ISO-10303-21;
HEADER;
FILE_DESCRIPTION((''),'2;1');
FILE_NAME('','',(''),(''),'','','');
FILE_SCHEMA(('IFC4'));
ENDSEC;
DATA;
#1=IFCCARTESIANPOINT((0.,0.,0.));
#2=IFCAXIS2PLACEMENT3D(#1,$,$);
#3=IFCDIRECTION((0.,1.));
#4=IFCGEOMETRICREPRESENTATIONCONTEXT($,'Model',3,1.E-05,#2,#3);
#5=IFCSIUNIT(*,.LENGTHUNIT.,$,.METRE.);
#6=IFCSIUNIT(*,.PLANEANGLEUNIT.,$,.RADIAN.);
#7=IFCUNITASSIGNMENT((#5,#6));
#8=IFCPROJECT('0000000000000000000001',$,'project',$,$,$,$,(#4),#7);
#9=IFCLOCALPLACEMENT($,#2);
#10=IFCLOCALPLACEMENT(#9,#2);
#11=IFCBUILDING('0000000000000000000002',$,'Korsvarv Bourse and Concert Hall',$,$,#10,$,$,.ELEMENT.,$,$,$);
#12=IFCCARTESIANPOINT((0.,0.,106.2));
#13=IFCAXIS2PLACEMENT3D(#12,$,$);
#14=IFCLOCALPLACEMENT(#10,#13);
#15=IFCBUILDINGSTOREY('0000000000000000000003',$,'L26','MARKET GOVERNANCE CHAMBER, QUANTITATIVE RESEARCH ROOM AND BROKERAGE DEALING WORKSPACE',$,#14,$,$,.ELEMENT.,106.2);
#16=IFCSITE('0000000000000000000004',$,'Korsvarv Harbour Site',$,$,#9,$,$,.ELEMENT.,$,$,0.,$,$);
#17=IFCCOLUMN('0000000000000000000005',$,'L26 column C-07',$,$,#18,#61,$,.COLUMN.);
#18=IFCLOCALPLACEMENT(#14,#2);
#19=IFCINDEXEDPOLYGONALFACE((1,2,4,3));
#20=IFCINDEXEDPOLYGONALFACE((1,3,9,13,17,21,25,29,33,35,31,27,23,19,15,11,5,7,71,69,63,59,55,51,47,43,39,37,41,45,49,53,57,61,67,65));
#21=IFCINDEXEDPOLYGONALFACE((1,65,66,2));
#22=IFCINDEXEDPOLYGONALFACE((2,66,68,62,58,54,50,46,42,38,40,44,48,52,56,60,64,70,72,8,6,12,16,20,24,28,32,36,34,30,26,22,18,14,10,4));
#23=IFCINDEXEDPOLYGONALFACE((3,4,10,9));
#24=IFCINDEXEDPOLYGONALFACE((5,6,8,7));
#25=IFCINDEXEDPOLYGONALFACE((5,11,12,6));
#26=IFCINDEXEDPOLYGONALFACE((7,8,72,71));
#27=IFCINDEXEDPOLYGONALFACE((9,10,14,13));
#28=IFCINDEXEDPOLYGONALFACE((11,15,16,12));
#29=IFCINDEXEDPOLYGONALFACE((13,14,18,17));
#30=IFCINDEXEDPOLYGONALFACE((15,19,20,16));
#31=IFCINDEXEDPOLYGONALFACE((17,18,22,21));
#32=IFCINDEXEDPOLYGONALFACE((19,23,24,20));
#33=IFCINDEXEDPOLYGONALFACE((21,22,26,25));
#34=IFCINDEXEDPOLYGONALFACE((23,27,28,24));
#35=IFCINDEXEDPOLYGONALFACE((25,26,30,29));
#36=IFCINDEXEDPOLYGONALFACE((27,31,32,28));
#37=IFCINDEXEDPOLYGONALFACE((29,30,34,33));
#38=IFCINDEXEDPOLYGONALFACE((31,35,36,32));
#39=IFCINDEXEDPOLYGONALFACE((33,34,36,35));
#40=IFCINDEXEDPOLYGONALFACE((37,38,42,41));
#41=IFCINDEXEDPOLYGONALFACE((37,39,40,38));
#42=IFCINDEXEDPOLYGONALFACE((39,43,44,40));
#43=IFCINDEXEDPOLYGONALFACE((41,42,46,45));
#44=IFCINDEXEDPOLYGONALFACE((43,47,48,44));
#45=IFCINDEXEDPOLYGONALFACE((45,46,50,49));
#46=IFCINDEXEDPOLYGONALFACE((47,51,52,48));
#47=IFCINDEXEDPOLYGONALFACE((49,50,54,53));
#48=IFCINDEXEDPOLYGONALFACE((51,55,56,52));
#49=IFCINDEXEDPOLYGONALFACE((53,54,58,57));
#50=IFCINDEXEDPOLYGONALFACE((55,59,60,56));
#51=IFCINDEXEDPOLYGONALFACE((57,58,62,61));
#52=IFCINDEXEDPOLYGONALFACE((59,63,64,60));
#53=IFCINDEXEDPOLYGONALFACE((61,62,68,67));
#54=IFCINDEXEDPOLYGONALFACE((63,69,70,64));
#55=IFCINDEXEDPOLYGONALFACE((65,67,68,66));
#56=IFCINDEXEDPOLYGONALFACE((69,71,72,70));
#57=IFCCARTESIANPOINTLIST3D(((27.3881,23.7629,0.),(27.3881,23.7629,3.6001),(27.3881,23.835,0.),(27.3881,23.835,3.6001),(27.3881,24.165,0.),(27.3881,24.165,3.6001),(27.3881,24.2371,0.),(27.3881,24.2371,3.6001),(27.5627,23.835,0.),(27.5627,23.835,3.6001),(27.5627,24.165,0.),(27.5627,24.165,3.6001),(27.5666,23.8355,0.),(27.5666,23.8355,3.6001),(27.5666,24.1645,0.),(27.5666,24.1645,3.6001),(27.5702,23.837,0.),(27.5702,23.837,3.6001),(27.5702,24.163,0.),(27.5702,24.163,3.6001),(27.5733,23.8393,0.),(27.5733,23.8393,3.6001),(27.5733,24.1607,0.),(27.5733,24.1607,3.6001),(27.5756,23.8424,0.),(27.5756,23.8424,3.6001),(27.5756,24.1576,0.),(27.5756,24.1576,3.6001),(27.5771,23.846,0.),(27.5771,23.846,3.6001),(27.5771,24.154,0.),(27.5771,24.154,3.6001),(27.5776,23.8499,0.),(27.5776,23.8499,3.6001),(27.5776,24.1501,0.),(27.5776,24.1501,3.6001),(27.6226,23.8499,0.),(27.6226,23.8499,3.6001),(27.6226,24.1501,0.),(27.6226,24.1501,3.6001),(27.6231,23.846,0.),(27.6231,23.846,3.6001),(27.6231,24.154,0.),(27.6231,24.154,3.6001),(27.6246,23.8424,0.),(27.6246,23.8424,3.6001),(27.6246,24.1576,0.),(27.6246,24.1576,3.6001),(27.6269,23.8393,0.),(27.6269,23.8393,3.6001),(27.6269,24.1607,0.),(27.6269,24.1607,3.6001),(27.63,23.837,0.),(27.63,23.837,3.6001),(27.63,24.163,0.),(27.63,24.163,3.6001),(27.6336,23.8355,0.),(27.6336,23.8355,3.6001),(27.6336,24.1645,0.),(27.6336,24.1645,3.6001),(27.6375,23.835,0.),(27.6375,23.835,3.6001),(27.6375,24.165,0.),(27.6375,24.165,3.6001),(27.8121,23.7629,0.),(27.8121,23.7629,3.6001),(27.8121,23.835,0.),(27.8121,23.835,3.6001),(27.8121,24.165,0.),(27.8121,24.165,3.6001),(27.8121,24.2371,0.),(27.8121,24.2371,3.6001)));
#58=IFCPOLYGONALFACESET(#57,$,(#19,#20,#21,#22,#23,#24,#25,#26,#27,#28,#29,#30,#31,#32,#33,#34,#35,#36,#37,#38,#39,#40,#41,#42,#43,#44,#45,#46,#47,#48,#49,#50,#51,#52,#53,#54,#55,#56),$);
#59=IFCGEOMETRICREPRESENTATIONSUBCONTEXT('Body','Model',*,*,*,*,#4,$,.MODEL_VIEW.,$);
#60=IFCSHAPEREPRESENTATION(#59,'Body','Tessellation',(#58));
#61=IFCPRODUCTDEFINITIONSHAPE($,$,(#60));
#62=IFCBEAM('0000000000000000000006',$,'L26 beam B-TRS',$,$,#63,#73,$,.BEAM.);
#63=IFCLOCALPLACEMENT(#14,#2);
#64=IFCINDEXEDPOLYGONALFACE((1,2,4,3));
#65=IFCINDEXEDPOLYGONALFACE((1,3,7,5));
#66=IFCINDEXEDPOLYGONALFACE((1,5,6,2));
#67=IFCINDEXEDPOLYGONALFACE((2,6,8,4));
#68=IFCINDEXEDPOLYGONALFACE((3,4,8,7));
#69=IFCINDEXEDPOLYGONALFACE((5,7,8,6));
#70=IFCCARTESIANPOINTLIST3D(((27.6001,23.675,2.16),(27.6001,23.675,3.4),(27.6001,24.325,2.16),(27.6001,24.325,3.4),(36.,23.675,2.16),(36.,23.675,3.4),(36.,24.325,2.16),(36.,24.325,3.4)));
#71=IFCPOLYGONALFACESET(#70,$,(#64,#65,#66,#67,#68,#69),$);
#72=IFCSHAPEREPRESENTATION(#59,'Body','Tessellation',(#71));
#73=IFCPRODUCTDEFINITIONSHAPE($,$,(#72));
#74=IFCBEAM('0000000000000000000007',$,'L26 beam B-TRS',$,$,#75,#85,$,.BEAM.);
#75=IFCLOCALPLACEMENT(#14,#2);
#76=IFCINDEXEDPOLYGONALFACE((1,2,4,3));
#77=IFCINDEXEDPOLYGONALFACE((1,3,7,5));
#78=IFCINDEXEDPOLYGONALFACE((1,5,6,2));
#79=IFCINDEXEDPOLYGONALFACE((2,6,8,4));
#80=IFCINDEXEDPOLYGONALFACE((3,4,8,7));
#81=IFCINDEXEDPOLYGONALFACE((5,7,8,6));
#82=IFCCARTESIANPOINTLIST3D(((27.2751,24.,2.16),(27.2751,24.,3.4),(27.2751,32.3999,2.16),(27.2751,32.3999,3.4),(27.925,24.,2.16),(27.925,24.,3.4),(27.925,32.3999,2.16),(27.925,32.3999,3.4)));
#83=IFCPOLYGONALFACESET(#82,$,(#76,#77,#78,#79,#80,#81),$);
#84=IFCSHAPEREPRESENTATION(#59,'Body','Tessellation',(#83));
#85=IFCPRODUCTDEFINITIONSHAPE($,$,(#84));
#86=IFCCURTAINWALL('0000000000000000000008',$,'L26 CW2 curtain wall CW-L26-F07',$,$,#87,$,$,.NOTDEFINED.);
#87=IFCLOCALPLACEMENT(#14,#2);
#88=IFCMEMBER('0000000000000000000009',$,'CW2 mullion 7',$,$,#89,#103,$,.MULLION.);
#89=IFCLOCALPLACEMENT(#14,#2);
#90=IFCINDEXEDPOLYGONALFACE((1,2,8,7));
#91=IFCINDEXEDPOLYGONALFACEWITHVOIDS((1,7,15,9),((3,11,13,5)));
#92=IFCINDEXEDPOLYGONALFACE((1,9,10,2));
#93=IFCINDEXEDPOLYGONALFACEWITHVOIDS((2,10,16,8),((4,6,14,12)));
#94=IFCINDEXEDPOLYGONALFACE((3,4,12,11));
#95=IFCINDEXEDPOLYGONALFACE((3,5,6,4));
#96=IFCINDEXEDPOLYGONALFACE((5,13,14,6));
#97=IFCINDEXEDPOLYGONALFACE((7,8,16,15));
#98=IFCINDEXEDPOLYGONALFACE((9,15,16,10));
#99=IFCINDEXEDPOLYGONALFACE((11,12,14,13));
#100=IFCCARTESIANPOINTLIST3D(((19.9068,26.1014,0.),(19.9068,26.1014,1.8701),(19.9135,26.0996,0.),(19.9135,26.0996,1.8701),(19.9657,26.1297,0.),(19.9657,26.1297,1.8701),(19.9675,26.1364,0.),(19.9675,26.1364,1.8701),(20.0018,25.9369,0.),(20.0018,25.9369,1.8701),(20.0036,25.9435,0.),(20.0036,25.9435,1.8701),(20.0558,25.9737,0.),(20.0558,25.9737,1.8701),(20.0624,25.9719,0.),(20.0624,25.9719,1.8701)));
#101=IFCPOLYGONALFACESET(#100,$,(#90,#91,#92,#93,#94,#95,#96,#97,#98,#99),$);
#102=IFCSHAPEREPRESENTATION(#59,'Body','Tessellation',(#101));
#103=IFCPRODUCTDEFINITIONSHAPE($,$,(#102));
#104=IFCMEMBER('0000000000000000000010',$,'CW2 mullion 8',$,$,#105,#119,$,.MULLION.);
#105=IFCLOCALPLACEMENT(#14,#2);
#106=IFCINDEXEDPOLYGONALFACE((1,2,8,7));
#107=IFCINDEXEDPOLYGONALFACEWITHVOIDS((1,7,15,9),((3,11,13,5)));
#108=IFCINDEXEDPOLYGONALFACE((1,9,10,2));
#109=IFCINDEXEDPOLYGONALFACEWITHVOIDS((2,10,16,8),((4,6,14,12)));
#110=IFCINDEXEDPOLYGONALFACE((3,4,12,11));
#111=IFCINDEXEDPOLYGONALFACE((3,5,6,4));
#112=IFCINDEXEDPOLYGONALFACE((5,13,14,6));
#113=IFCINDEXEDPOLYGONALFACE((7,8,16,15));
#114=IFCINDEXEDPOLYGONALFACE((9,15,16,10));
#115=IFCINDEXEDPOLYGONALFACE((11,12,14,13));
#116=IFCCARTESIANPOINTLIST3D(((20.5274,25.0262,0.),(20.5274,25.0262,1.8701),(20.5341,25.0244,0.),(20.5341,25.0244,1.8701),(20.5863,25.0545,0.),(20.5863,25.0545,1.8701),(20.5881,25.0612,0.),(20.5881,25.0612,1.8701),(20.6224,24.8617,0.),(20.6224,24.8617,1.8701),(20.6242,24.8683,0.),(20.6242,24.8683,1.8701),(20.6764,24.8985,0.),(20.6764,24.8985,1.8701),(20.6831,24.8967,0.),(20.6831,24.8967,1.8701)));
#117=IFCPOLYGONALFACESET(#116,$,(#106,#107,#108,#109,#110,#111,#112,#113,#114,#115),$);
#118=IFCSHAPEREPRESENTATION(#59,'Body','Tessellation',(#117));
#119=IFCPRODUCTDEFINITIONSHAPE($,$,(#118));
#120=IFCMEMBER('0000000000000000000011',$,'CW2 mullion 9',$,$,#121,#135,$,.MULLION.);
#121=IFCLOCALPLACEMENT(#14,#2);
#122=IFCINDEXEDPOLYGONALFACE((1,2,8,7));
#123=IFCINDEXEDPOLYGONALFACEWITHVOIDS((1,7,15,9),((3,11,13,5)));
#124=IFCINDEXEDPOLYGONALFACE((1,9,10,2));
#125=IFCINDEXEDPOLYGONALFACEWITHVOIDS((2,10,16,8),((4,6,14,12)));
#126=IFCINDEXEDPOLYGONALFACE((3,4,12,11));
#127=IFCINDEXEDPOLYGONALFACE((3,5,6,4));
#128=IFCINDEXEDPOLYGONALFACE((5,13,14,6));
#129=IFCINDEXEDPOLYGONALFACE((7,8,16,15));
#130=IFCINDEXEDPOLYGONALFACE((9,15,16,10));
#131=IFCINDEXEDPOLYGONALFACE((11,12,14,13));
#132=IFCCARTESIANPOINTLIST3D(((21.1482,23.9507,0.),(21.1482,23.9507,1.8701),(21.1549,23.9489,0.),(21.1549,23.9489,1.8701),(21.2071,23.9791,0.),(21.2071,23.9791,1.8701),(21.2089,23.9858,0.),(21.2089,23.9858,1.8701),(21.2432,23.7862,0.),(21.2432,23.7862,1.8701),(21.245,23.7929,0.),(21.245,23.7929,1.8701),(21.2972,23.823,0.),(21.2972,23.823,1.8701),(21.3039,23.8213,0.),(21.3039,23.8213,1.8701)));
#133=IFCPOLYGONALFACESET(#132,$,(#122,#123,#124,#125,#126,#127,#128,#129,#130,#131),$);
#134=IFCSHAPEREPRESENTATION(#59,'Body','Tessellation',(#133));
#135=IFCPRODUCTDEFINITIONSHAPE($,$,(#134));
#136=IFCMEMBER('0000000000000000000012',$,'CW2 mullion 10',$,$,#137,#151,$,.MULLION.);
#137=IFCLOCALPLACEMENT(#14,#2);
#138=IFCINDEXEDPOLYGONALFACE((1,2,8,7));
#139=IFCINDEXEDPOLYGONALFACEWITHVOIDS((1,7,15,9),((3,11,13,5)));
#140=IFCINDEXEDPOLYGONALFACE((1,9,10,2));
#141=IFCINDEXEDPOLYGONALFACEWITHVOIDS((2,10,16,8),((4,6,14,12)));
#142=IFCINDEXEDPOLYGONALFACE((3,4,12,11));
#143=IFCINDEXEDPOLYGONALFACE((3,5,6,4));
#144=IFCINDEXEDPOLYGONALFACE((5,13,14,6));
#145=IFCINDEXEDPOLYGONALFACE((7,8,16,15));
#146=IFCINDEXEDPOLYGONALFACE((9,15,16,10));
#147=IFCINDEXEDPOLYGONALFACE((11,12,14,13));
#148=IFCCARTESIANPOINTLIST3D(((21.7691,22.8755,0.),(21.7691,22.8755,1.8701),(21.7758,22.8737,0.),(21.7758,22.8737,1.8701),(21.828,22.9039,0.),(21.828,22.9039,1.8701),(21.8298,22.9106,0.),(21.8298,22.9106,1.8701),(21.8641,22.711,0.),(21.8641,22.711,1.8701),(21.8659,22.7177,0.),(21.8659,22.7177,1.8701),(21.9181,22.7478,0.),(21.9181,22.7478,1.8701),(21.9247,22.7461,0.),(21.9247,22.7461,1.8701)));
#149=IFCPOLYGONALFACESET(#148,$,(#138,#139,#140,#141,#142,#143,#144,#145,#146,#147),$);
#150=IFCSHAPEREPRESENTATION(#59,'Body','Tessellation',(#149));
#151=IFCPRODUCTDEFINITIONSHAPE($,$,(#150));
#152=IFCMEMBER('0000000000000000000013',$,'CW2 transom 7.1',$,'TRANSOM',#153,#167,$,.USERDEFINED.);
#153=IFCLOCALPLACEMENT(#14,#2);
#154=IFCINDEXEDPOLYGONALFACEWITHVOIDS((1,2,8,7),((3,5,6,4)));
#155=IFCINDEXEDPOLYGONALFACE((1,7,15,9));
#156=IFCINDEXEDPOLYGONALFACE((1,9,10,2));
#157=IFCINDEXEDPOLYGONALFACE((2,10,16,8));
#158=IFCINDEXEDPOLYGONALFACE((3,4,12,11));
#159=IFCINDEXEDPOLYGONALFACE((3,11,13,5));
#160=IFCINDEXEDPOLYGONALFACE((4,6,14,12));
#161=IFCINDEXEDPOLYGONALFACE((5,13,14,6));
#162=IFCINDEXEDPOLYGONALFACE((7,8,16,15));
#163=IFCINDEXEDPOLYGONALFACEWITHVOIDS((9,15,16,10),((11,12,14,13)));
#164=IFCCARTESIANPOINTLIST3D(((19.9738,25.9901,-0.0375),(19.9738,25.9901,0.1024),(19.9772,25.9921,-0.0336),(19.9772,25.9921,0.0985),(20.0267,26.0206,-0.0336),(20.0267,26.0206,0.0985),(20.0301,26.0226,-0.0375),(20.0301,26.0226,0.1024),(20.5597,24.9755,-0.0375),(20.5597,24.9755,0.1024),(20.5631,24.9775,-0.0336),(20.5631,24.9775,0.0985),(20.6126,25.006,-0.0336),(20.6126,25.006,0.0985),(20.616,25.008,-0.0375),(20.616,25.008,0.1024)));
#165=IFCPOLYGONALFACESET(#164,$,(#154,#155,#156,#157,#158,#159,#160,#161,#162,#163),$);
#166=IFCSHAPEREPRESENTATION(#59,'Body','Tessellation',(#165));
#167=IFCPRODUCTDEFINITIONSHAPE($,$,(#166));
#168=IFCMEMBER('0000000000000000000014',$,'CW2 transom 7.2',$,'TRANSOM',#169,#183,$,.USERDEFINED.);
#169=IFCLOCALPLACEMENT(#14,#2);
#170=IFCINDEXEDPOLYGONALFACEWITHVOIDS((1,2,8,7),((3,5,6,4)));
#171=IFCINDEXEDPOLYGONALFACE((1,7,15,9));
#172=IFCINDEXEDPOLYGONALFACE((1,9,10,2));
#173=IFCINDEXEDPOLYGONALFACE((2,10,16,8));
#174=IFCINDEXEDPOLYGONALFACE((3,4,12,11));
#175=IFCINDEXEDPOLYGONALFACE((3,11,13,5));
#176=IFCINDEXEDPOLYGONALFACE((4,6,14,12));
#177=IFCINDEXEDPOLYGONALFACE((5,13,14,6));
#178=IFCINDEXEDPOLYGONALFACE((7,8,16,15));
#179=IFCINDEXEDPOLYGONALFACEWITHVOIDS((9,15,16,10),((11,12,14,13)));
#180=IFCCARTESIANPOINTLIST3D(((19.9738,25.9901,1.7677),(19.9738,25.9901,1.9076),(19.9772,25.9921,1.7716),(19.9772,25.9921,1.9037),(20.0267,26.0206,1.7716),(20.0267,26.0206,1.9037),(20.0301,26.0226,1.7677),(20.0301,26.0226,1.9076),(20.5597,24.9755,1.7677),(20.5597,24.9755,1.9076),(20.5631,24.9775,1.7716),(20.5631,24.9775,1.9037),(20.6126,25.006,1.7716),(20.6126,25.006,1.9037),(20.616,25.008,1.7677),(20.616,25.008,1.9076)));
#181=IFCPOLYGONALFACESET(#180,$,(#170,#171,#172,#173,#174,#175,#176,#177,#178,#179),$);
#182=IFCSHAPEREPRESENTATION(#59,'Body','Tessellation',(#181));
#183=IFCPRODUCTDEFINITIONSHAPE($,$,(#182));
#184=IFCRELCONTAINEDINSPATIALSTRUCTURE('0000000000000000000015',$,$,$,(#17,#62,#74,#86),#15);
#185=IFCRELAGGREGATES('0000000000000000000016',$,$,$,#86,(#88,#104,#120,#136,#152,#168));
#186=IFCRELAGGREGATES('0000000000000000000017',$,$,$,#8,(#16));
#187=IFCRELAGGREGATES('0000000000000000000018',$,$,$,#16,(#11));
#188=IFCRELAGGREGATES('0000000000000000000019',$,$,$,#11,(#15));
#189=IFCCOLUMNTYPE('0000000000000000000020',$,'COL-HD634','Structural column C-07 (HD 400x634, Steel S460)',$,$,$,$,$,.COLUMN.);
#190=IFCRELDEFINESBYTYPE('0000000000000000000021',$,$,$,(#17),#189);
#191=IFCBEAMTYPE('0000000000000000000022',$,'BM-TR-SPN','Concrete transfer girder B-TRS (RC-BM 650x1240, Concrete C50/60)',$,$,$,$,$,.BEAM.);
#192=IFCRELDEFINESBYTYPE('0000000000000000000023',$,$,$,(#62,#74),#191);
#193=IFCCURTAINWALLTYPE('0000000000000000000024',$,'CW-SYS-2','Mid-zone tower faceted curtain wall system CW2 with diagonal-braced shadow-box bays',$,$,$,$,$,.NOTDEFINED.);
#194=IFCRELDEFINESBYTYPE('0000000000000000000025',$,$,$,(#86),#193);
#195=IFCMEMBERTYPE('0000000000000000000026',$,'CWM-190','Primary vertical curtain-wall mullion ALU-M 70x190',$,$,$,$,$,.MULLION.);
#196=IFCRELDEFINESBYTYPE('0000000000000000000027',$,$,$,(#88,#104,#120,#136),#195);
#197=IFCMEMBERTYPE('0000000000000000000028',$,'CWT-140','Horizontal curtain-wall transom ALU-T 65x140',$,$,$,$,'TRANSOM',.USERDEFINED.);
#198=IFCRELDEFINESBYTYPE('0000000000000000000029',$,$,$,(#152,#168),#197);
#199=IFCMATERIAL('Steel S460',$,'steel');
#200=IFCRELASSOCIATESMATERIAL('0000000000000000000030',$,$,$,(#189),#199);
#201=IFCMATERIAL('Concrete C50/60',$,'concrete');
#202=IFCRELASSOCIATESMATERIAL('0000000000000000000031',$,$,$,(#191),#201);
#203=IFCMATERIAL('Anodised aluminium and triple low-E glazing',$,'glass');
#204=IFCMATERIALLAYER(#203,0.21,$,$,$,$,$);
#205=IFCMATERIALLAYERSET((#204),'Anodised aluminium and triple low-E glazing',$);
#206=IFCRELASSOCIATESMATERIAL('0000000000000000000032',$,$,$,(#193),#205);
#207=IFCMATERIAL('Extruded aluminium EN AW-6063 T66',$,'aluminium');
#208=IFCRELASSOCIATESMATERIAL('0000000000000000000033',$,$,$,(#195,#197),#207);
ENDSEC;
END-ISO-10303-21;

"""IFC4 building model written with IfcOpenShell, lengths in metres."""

from ifc_helpers import new_model, si_unit, direction, frame, origin, origin_2d, place, context, subcontext, project, spatial, rectangle, hollow_rectangle, i_section, extrude, source, transform, mapped, material, layer, layer_set, material_profile, profile_set, type_object, element, aggregate, save


model = new_model("IFC4")

# Units and contexts
model_context = context("Model", 3, precision=1e-05, world=origin(), true_north=direction((0.0, 1.0)))
body_context = subcontext(model_context, "Body", "Model", "MODEL_VIEW")
ifc_project = project(units=[si_unit("LENGTHUNIT", "METRE"), si_unit("PLANEANGLEUNIT", "RADIAN")], contexts=[model_context])

# Site, building, storey
site_placement = place(None, origin())
site = spatial("IfcSite", under=ifc_project, at=site_placement, Name="Korsvarv Harbour Site", CompositionType="ELEMENT", RefElevation=0.0)
building_placement = place(site_placement, origin())
building = spatial("IfcBuilding", under=site, at=building_placement, Name="Korsvarv Bourse and Concert Hall", CompositionType="ELEMENT")
storey_placement = place(building_placement, frame((0.0, 0.0, 106.2)))
storey = spatial("IfcBuildingStorey", under=building, at=storey_placement, Name="L26", Description="MARKET GOVERNANCE CHAMBER, QUANTITATIVE RESEARCH ROOM AND BROKERAGE DEALING WORKSPACE", CompositionType="ELEMENT", Elevation=106.2)

# Column
ifc_material_1 = material(Name="Steel S460", Category="steel")
ifc_material_profile_1 = material_profile(ifc_material_1, i_section(OverallWidth=0.4241, OverallDepth=0.4741, WebThickness=0.0449, FlangeThickness=0.072, FilletRadius=0.0149, at=origin_2d()), Name="HD 400x634")
ifc_profile_set_1 = profile_set([ifc_material_profile_1], Name="Steel S460")
column_type = type_object("IfcColumnType", Name="COL-HD634", Description="Structural column C-07 (HD 400x634, Steel S460)", PredefinedType="COLUMN", material=ifc_profile_set_1)
shared_shape_1 = source(origin(), body_context, "Body", "SweptSolid", [
    extrude(i_section(OverallWidth=0.4241, OverallDepth=0.4741, WebThickness=0.0449, FlangeThickness=0.072, FilletRadius=0.0149, at=origin_2d()), origin(), (0.0, 0.0, 1.0), 3.6001),
])
column_placement = place(storey_placement, frame((27.6001, 24.0, 0.0), z_axis=(0.0, 0.0, 1.0), x_axis=(1.0, 0.0, 0.0)))
element("IfcColumn", 1, at=column_placement, inside=storey, type_object=column_type, Name="L26 column C-07", PredefinedType="COLUMN", context=body_context, shape_type="MappedRepresentation", body=[
    mapped(shared_shape_1, transform((0.0, 0.0, 0.0), scale=1.0)),
])

# Beams
ifc_material_2 = material(Name="Concrete C50/60", Category="concrete")
ifc_material_profile_2 = material_profile(ifc_material_2, rectangle(XDim=0.6499, YDim=1.24, at=origin_2d()), Name="RC-BM 650x1240")
ifc_profile_set_2 = profile_set([ifc_material_profile_2], Name="Concrete C50/60")
beam_type = type_object("IfcBeamType", Name="BM-TR-SPN", Description="Concrete transfer girder B-TRS (RC-BM 650x1240, Concrete C50/60)", PredefinedType="BEAM", material=ifc_profile_set_2)
shared_shape_2 = source(origin(), body_context, "Body", "SweptSolid", [
    extrude(rectangle(XDim=0.6499, YDim=1.24, at=origin_2d()), origin(), (0.0, 0.0, 1.0), 8.3999),
])
for number, where, z_axis, x_axis, name in (
    (2, (27.6001, 24.0, 2.78), (1.0, 0.0, 0.0), (0.0, 1.0, 0.0), "L26 beam B-TRS"),
    (3, (27.6001, 24.0, 2.78), (0.0, 1.0, 0.0), (-1.0, 0.0, 0.0), "L26 beam B-TRS"),
):
    element("IfcBeam", number, at=place(storey_placement, frame(where, z_axis=z_axis, x_axis=x_axis)), inside=storey, type_object=beam_type, Name=name, PredefinedType="BEAM", context=body_context, shape_type="MappedRepresentation", body=[
        mapped(shared_shape_2, transform((0.0, 0.0, 0.0), scale=1.0)),
    ])

# Curtain wall, members
ifc_material_3 = material(Name="Anodised aluminium and triple low-E glazing", Category="glass")
ifc_layer_1 = layer(ifc_material_3, 0.21)
ifc_layer_set_1 = layer_set([ifc_layer_1], Name="Anodised aluminium and triple low-E glazing")
curtain_wall_type = type_object("IfcCurtainWallType", Name="CW-SYS-2", Description="Mid-zone tower faceted curtain wall system CW2 with diagonal-braced shadow-box bays", PredefinedType="NOTDEFINED", material=ifc_layer_set_1)
curtain_wall_placement = place(storey_placement, origin())
curtain_wall = element("IfcCurtainWall", 4, at=curtain_wall_placement, inside=storey, type_object=curtain_wall_type, Name="L26 CW2 curtain wall CW-L26-F07", PredefinedType="NOTDEFINED")
ifc_material_4 = material(Name="Extruded aluminium EN AW-6063 T66", Category="aluminium")
ifc_material_profile_3 = material_profile(ifc_material_4, hollow_rectangle(XDim=0.0701, YDim=0.1899, WallThickness=0.0049, at=origin_2d()), Name="ALU-M 70x190")
ifc_profile_set_3 = profile_set([ifc_material_profile_3], Name="Extruded aluminium EN AW-6063 T66")
member_type_1 = type_object("IfcMemberType", Name="CWM-190", Description="Primary vertical curtain-wall mullion ALU-M 70x190", PredefinedType="MULLION", material=ifc_profile_set_3)
shared_shape_3 = source(origin(), body_context, "Body", "SweptSolid", [
    extrude(hollow_rectangle(XDim=0.0701, YDim=0.1899, WallThickness=0.0049, at=origin_2d()), origin(), (0.0, 0.0, 1.0), 1.8701),
])
member_1_placement = place(storey_placement, frame((19.9846, 26.0366, 0.0), z_axis=(0.0, 0.0, 1.0), x_axis=(0.866024, 0.500002, 0.0)))
member_1 = element("IfcMember", 5, at=member_1_placement, type_object=member_type_1, Name="CW2 mullion 7", PredefinedType="MULLION", context=body_context, shape_type="MappedRepresentation", body=[
    mapped(shared_shape_3, transform((0.0, 0.0, 0.0), scale=1.0)),
])
member_2_placement = place(storey_placement, frame((20.6052, 24.9614, 0.0), z_axis=(0.0, 0.0, 1.0), x_axis=(0.866024, 0.500002, 0.0)))
member_2 = element("IfcMember", 6, at=member_2_placement, type_object=member_type_1, Name="CW2 mullion 8", PredefinedType="MULLION", context=body_context, shape_type="MappedRepresentation", body=[
    mapped(shared_shape_3, transform((0.0, 0.0, 0.0), scale=1.0)),
])
member_3_placement = place(storey_placement, frame((21.2261, 23.886, 0.0), z_axis=(0.0, 0.0, 1.0), x_axis=(0.866024, 0.500002, 0.0)))
member_3 = element("IfcMember", 7, at=member_3_placement, type_object=member_type_1, Name="CW2 mullion 9", PredefinedType="MULLION", context=body_context, shape_type="MappedRepresentation", body=[
    mapped(shared_shape_3, transform((0.0, 0.0, 0.0), scale=1.0)),
])
member_4_placement = place(storey_placement, frame((21.8469, 22.8108, 0.0), z_axis=(0.0, 0.0, 1.0), x_axis=(0.866024, 0.500002, 0.0)))
member_4 = element("IfcMember", 8, at=member_4_placement, type_object=member_type_1, Name="CW2 mullion 10", PredefinedType="MULLION", context=body_context, shape_type="MappedRepresentation", body=[
    mapped(shared_shape_3, transform((0.0, 0.0, 0.0), scale=1.0)),
])
ifc_material_profile_4 = material_profile(ifc_material_4, hollow_rectangle(XDim=0.0649, YDim=0.1399, WallThickness=0.0039, at=origin_2d()), Name="ALU-T 65x140")
ifc_profile_set_4 = profile_set([ifc_material_profile_4], Name="Extruded aluminium EN AW-6063 T66")
member_type_2 = type_object("IfcMemberType", Name="CWT-140", Description="Horizontal curtain-wall transom ALU-T 65x140", ElementType="TRANSOM", PredefinedType="USERDEFINED", material=ifc_profile_set_4)
shared_shape_4 = source(origin(), body_context, "Body", "SweptSolid", [
    extrude(hollow_rectangle(XDim=0.0649, YDim=0.1399, WallThickness=0.0039, at=origin_2d()), origin(), (0.0, 0.0, 1.0), 1.1716),
])
member_5_placement = place(storey_placement, frame((20.002, 26.0063, 0.0325), z_axis=(0.500083, -0.865977, 0.0), x_axis=(0.865977, 0.500083, 0.0)))
member_5 = element("IfcMember", 9, at=member_5_placement, type_object=member_type_2, Name="CW2 transom 7.1", ObjectType="TRANSOM", PredefinedType="USERDEFINED", context=body_context, shape_type="MappedRepresentation", body=[
    mapped(shared_shape_4, transform((0.0, 0.0, 0.0), scale=1.0)),
])
member_6_placement = place(storey_placement, frame((20.002, 26.0063, 1.8376), z_axis=(0.500083, -0.865977, 0.0), x_axis=(0.865977, 0.500083, 0.0)))
member_6 = element("IfcMember", 10, at=member_6_placement, type_object=member_type_2, Name="CW2 transom 7.2", ObjectType="TRANSOM", PredefinedType="USERDEFINED", context=body_context, shape_type="MappedRepresentation", body=[
    mapped(shared_shape_4, transform((0.0, 0.0, 0.0), scale=1.0)),
])
aggregate(curtain_wall, [member_1, member_2, member_3, member_4, member_5, member_6])

save(model, "model.ifc")
